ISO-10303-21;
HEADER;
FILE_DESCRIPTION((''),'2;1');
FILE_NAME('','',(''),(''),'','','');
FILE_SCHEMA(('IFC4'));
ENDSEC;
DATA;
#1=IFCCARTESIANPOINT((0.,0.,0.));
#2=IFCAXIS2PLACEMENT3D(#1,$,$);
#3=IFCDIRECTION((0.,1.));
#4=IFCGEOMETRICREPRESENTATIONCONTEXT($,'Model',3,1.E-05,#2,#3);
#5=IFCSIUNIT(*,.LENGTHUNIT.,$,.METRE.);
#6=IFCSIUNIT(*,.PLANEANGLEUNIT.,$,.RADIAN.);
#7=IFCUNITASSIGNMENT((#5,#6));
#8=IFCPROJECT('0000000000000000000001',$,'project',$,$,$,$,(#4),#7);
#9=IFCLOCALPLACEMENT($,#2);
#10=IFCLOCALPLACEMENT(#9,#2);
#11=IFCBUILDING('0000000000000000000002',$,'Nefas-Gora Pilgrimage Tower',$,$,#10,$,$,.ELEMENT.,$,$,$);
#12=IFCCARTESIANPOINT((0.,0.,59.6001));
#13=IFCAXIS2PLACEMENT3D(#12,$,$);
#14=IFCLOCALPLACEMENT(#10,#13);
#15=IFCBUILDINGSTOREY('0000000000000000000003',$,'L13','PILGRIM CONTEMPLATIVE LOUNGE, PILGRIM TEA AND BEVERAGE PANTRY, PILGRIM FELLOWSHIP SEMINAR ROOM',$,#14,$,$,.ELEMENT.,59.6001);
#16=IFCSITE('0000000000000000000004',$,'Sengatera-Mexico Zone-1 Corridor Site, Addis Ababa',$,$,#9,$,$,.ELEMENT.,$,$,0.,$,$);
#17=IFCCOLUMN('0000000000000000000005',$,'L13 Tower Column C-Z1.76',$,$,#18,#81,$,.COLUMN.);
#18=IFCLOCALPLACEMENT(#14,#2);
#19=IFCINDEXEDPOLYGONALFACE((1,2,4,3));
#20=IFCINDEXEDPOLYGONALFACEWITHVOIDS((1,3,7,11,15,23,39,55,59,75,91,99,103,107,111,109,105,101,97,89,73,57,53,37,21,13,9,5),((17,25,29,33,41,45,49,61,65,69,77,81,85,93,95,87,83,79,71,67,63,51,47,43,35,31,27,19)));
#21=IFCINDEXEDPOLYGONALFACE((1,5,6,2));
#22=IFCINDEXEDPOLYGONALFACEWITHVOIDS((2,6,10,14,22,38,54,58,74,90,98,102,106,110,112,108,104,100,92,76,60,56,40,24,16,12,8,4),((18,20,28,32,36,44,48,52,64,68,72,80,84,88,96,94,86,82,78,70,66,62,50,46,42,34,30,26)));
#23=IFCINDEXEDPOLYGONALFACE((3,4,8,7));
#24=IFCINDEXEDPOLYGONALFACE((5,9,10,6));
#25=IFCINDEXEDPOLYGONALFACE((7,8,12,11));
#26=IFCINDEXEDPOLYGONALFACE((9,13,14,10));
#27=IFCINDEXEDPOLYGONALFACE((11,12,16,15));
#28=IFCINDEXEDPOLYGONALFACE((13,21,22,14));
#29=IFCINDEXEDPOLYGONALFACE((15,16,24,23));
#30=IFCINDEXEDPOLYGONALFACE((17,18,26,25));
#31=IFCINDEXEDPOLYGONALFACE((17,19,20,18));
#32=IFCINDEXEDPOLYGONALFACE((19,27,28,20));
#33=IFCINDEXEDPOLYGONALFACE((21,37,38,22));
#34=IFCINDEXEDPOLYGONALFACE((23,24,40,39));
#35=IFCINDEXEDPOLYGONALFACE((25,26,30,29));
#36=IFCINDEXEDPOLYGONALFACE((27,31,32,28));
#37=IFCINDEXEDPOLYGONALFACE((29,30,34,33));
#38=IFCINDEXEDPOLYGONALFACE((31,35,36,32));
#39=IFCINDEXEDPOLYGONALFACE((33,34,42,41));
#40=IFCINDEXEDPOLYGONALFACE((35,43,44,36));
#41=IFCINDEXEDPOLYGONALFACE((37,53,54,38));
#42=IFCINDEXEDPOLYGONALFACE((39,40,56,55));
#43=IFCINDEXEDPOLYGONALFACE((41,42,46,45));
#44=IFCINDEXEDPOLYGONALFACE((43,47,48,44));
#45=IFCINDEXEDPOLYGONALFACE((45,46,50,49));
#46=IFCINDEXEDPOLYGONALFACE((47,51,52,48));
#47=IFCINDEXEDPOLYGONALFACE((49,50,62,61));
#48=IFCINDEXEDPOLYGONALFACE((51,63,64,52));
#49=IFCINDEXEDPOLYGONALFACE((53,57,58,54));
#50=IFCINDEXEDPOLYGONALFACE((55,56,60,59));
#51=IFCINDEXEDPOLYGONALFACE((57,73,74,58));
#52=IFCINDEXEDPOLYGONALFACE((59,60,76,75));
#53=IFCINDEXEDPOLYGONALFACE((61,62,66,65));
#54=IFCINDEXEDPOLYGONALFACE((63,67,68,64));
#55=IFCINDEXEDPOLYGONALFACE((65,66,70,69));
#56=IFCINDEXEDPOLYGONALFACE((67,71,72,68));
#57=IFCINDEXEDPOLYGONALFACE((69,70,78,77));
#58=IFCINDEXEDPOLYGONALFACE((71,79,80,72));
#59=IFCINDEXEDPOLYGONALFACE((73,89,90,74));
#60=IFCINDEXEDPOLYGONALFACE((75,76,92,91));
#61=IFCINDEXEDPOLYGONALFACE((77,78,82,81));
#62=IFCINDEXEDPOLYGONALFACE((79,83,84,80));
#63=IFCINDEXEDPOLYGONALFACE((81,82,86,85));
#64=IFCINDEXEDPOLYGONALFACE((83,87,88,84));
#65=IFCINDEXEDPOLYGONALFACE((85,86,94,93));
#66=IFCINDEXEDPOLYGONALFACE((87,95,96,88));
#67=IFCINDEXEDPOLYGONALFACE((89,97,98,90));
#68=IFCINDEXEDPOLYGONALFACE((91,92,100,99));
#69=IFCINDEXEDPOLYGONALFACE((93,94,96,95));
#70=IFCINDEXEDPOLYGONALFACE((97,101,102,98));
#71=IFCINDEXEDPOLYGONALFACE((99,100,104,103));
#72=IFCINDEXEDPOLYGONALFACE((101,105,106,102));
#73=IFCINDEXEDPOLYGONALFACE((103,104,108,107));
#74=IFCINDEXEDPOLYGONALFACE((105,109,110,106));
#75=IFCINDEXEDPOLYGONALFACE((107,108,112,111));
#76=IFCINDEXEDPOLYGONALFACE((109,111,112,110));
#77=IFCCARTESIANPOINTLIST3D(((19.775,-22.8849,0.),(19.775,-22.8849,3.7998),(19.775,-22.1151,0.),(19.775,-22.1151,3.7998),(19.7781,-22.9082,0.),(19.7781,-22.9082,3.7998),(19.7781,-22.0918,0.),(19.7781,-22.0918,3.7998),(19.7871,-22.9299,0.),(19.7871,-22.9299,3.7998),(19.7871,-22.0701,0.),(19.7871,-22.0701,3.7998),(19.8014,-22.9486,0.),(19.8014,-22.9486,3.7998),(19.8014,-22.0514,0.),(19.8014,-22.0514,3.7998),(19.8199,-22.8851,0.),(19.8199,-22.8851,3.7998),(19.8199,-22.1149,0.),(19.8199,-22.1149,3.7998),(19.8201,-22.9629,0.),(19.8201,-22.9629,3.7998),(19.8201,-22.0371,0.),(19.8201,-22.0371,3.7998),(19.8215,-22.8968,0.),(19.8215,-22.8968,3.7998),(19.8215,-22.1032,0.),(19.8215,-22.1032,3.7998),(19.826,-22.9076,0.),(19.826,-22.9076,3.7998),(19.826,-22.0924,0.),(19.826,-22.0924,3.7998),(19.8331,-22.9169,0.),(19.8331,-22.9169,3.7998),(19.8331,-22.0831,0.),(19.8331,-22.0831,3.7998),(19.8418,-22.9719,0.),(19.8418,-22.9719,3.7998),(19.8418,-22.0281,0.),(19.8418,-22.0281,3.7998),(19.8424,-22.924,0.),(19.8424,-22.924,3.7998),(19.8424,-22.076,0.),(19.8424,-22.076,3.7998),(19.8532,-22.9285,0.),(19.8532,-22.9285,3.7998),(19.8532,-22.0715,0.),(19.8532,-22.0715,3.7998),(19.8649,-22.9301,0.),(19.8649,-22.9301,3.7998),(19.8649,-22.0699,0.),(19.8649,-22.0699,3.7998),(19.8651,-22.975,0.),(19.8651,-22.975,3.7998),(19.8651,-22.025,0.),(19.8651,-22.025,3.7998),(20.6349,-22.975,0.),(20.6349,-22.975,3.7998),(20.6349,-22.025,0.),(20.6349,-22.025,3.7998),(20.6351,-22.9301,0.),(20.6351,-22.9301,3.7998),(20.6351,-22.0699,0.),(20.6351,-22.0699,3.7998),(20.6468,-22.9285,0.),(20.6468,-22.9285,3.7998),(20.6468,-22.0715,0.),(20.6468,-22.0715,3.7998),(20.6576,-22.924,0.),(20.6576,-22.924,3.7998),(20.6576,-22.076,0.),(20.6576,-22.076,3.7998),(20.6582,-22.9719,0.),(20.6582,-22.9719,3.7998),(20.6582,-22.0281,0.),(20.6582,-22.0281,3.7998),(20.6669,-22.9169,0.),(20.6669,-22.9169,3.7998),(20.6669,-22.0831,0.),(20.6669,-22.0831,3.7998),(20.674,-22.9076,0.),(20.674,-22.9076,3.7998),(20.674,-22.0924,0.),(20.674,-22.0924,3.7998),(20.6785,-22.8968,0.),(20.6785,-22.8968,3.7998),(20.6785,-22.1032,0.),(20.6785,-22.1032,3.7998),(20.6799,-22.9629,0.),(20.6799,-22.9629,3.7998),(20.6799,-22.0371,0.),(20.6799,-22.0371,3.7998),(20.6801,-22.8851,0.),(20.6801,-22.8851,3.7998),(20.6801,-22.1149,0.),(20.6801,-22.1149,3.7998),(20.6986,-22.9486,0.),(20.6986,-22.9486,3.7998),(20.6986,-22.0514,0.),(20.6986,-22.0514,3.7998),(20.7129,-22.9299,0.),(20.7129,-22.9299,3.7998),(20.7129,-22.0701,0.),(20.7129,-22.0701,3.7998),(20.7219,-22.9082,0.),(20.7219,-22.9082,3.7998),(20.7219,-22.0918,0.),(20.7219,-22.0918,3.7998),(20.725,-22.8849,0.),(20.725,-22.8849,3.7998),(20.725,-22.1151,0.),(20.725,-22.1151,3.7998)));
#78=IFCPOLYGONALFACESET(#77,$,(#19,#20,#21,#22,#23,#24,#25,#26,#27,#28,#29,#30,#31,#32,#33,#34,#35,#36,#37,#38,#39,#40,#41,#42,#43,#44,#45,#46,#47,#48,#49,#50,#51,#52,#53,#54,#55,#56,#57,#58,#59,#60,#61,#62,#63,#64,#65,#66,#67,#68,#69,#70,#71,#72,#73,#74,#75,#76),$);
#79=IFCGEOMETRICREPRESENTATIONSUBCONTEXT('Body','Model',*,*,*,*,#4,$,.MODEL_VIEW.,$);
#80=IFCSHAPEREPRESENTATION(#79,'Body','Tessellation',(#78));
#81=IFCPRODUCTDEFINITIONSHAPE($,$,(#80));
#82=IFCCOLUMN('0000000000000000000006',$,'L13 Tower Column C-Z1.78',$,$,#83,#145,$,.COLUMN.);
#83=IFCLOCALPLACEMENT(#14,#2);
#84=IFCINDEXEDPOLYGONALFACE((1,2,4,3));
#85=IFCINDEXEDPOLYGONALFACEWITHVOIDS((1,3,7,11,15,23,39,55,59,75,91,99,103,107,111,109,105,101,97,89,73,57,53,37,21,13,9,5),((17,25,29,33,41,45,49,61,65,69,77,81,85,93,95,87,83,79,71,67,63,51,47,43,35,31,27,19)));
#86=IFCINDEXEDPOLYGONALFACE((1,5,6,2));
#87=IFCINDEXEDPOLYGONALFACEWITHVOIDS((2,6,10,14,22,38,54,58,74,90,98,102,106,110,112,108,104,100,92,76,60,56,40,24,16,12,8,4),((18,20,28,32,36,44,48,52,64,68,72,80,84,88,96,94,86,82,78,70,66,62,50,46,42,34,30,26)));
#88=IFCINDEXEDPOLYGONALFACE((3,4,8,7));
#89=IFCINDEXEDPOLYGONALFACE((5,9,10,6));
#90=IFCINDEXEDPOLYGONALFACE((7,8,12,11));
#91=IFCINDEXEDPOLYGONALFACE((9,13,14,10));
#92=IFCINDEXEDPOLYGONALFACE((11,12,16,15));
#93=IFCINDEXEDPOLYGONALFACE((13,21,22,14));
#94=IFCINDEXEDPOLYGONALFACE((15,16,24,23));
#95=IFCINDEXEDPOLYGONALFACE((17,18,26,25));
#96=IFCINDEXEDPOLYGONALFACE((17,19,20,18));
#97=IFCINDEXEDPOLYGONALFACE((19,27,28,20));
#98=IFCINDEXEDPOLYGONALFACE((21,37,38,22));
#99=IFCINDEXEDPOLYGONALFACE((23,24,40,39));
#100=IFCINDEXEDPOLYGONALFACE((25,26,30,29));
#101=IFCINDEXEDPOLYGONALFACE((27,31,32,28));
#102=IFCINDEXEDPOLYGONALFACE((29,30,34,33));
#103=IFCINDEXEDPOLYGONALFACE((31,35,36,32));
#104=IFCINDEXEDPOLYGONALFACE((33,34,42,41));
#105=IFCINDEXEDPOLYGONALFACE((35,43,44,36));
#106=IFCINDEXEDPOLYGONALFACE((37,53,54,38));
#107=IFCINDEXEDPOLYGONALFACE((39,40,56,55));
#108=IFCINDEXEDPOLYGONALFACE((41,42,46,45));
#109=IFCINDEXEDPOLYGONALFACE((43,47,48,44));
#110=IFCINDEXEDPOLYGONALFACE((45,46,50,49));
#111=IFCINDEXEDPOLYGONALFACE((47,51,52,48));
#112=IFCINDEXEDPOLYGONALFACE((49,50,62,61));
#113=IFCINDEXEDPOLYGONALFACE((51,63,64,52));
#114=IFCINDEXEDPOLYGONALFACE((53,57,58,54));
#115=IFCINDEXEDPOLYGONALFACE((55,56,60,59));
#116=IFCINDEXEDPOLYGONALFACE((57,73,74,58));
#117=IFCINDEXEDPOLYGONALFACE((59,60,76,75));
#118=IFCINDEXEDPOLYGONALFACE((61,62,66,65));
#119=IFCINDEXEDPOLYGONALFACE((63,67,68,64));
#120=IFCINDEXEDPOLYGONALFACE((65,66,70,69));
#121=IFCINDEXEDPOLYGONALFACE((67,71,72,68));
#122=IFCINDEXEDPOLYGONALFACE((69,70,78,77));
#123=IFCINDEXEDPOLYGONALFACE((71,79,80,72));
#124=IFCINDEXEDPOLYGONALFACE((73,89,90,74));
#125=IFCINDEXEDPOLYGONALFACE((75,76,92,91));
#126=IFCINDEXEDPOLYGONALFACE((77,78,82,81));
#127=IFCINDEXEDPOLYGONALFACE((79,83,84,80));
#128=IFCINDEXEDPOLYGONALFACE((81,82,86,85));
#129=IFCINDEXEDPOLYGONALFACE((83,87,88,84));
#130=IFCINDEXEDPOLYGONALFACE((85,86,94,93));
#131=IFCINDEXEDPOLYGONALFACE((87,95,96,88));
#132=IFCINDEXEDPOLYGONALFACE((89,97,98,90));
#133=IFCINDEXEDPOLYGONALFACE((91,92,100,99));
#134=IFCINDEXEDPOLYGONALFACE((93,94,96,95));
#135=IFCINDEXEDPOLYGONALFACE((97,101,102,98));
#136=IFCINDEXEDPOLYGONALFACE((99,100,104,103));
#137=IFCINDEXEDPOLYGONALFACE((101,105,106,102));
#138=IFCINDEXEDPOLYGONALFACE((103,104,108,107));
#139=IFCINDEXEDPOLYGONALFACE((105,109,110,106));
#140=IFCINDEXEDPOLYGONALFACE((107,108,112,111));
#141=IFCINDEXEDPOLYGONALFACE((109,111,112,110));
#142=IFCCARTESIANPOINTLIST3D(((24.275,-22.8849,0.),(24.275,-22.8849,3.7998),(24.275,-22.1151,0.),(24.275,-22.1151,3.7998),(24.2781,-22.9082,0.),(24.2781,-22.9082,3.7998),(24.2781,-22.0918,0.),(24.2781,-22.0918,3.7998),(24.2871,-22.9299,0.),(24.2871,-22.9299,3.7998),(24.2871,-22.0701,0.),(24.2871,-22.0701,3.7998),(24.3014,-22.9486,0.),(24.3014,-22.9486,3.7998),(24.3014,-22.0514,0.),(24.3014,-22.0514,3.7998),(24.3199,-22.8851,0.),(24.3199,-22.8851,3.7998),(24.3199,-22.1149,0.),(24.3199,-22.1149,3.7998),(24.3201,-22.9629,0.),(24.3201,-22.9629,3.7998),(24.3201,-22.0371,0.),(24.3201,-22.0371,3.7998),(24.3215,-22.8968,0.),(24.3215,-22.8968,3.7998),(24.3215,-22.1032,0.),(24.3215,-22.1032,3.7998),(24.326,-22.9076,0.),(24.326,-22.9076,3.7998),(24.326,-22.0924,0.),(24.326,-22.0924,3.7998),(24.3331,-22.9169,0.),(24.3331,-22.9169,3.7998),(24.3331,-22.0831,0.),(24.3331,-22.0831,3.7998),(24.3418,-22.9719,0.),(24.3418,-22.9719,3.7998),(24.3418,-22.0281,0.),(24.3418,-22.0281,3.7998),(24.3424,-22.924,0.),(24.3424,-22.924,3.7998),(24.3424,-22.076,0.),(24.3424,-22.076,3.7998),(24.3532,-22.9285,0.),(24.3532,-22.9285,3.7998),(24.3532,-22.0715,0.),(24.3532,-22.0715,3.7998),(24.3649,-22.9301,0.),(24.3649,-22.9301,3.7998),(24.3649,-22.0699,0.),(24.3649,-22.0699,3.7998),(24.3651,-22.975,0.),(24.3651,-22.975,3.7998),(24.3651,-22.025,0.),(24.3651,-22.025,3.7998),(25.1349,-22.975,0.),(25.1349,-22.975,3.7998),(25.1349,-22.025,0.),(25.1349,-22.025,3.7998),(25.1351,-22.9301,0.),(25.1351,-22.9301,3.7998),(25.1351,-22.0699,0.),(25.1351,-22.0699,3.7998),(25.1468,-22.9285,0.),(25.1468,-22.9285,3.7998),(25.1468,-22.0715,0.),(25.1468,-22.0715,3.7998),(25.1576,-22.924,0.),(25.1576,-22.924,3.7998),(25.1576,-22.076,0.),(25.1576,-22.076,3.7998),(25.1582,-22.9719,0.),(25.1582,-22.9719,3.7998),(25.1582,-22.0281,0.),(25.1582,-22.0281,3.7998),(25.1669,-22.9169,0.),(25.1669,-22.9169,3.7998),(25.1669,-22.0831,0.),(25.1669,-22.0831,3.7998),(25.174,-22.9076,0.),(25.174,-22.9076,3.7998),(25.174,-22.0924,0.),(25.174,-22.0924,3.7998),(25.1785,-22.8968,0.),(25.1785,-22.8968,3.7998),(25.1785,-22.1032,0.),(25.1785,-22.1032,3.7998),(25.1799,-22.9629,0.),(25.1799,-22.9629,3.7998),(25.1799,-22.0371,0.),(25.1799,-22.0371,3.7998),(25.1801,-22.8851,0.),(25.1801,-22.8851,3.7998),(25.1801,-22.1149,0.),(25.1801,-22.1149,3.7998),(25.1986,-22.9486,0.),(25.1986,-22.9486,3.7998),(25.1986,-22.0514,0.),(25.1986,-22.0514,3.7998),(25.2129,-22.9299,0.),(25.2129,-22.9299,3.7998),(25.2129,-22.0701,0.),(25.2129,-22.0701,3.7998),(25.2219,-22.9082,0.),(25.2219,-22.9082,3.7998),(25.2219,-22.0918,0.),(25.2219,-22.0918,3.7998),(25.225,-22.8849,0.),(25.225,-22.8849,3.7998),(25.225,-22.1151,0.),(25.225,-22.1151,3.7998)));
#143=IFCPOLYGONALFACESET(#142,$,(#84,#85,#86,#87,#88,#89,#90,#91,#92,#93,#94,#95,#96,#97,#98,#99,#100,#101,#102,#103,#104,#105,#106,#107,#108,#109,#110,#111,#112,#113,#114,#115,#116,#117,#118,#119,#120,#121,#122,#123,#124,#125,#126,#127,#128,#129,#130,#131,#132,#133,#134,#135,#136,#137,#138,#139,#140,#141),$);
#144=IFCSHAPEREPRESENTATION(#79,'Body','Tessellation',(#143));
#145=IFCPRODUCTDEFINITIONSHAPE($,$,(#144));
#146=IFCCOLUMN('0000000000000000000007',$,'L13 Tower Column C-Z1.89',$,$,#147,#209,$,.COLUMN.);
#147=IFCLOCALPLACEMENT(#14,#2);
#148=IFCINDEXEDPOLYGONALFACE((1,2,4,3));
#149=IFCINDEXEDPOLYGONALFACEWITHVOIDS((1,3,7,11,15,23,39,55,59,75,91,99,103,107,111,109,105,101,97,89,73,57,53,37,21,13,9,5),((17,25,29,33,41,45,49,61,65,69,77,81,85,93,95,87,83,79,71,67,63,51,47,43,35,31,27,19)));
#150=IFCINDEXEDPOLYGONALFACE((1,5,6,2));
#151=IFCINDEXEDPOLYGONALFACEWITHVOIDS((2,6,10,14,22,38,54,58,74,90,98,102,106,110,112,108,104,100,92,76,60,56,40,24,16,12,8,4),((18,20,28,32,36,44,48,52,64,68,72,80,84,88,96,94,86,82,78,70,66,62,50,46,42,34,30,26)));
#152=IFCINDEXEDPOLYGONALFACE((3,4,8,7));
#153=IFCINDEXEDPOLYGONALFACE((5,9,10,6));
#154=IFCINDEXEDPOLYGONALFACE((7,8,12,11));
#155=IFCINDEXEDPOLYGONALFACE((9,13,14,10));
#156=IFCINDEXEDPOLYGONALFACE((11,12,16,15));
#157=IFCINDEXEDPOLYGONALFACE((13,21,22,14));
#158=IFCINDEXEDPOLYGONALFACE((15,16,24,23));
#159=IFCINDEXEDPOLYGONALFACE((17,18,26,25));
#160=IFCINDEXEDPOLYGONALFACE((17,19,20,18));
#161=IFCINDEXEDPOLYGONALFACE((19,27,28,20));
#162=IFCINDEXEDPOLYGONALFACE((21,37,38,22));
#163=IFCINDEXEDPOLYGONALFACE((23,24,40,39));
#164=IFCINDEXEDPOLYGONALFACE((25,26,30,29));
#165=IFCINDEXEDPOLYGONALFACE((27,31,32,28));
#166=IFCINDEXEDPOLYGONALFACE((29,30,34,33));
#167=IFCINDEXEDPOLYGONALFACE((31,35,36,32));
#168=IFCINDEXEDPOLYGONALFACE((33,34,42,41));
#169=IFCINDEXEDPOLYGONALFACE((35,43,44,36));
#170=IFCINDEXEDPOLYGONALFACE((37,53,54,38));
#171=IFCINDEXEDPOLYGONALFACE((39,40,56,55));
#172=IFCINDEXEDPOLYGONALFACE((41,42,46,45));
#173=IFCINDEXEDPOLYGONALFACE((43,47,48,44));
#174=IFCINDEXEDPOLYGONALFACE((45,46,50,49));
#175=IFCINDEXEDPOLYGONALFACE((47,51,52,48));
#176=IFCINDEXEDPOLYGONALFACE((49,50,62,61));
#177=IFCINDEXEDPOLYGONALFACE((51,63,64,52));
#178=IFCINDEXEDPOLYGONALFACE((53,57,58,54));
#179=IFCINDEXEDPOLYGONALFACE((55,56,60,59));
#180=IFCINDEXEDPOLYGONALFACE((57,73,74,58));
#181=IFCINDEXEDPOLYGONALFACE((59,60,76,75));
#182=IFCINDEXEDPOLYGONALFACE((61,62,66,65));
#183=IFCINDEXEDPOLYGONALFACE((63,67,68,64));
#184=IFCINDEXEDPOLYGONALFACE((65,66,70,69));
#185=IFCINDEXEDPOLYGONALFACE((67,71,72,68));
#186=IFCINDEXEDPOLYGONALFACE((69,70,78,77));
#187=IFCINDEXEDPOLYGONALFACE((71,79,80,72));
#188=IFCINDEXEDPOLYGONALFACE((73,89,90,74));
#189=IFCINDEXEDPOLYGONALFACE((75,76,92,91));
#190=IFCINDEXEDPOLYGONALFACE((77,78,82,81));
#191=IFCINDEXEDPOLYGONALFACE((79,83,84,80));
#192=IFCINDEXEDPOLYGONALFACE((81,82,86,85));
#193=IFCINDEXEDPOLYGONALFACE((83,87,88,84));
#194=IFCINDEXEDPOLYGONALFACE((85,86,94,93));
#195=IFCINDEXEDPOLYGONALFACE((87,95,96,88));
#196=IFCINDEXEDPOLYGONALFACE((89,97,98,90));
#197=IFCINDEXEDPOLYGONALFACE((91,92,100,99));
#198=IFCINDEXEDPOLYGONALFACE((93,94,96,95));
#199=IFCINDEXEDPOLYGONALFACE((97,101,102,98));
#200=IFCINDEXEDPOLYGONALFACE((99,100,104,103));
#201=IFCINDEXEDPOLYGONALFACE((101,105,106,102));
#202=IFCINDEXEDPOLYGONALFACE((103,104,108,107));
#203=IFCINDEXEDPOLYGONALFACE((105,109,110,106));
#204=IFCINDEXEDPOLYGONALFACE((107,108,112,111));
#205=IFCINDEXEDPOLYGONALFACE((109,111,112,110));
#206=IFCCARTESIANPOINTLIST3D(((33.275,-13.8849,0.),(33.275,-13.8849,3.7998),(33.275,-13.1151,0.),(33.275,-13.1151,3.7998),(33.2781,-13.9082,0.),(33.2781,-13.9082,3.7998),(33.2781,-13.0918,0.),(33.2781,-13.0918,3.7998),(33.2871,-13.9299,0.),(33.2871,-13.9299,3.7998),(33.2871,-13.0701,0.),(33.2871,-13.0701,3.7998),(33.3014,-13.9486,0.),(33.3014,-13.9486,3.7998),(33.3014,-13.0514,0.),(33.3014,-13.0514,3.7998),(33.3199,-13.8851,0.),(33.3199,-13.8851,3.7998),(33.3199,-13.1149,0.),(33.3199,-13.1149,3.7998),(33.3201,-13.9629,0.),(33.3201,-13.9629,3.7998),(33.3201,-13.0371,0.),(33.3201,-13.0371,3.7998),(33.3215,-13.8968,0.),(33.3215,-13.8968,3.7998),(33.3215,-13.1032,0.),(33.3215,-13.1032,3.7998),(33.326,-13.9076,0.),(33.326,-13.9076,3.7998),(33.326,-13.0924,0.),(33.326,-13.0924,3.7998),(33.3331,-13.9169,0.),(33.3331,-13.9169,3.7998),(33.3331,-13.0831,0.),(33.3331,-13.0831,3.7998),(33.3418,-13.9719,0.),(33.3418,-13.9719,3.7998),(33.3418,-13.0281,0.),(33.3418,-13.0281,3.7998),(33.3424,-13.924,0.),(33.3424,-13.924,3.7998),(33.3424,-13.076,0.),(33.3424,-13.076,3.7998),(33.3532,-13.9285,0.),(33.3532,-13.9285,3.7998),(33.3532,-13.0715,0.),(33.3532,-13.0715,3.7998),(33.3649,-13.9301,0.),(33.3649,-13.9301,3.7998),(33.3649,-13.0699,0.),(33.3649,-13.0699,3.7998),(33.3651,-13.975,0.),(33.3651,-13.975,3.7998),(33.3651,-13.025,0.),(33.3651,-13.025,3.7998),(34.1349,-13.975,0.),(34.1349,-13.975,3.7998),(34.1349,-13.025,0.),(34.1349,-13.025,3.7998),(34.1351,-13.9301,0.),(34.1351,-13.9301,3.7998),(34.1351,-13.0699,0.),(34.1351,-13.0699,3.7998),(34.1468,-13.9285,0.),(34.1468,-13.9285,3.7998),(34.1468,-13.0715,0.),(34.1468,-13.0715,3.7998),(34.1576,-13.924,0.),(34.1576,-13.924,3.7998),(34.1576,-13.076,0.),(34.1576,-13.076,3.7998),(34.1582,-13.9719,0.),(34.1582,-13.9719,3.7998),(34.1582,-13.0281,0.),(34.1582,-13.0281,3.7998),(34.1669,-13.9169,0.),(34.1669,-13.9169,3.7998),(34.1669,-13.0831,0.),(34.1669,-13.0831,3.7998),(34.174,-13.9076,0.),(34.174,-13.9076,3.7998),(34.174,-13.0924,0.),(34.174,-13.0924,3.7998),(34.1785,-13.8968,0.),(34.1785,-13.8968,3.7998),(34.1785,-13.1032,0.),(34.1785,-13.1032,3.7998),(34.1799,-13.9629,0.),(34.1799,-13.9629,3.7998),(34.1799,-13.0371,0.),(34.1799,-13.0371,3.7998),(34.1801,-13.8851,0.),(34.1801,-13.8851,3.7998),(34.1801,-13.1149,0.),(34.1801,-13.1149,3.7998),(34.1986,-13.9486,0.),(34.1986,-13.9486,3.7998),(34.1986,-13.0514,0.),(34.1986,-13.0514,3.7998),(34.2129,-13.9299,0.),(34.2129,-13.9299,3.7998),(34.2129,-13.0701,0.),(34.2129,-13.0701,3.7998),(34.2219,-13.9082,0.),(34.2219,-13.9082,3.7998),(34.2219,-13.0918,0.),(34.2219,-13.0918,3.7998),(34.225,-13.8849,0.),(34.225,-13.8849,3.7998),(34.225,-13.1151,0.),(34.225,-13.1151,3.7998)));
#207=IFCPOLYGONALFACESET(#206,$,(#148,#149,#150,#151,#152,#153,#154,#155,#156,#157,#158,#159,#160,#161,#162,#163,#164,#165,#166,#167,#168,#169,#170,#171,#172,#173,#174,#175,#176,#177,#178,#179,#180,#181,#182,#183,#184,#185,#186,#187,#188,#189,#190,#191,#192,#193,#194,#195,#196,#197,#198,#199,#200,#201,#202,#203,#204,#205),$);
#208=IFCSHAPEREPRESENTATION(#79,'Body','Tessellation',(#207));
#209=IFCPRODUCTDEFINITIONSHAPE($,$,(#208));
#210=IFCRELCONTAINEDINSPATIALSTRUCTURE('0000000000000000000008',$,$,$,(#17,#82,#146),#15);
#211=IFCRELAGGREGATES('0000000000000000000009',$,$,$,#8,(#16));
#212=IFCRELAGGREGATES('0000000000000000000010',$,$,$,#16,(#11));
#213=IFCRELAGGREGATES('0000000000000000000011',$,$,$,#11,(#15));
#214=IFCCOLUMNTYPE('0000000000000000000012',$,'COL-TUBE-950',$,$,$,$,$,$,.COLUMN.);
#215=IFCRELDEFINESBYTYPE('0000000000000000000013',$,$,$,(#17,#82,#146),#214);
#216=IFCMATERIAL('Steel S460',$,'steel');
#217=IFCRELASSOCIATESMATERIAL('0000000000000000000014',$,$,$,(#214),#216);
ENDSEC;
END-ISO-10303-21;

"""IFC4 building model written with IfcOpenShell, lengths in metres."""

from ifc_helpers import new_model, si_unit, direction, frame, origin, origin_2d, place, context, subcontext, project, spatial, hollow_rectangle, extrude, source, transform, mapped, material, material_profile, profile_set, type_object, element, save


model = new_model("IFC4")

# Units and contexts
model_context = context("Model", 3, precision=1e-05, world=origin(), true_north=direction((0.0, 1.0)))
body_context = subcontext(model_context, "Body", "Model", "MODEL_VIEW")
ifc_project = project(units=[si_unit("LENGTHUNIT", "METRE"), si_unit("PLANEANGLEUNIT", "RADIAN")], contexts=[model_context])

# Site, building, storey
site_placement = place(None, origin())
site = spatial("IfcSite", under=ifc_project, at=site_placement, Name="Sengatera-Mexico Zone-1 Corridor Site, Addis Ababa", CompositionType="ELEMENT", RefElevation=0.0)
building_placement = place(site_placement, origin())
building = spatial("IfcBuilding", under=site, at=building_placement, Name="Nefas-Gora Pilgrimage Tower", CompositionType="ELEMENT")
storey_placement = place(building_placement, frame((0.0, 0.0, 59.6001)))
storey = spatial("IfcBuildingStorey", under=building, at=storey_placement, Name="L13", Description="PILGRIM CONTEMPLATIVE LOUNGE, PILGRIM TEA AND BEVERAGE PANTRY, PILGRIM FELLOWSHIP SEMINAR ROOM", CompositionType="ELEMENT", Elevation=59.6001)

# Columns
ifc_material_1 = material(Name="Steel S460", Category="steel")
ifc_material_profile_1 = material_profile(ifc_material_1, hollow_rectangle(XDim=0.95, YDim=0.95, WallThickness=0.0449, InnerFilletRadius=0.0449, OuterFilletRadius=0.0901, at=origin_2d()), Name="BOX 950x950x45")
ifc_profile_set_1 = profile_set([ifc_material_profile_1], Name="Steel S460")
column_type_1 = type_object("IfcColumnType", Name="COL-TUBE-950", PredefinedType="COLUMN", material=ifc_profile_set_1)
shared_shape_1 = source(origin(), body_context, "Body", "SweptSolid", [
    extrude(hollow_rectangle(XDim=0.95, YDim=0.95, WallThickness=0.0449, InnerFilletRadius=0.0449, OuterFilletRadius=0.0901, at=origin_2d()), origin(), (0.0, 0.0, 1.0), 3.7998),
])
for number, where, z_axis, x_axis, name in (
    (1, (20.25, -22.5, 0.0), (0.0, 0.0, 1.0), (1.0, 0.0, 0.0), "L13 Tower Column C-Z1.76"),
    (2, (24.75, -22.5, 0.0), (0.0, 0.0, 1.0), (1.0, 0.0, 0.0), "L13 Tower Column C-Z1.78"),
    (3, (33.75, -13.5, 0.0), (0.0, 0.0, 1.0), (1.0, 0.0, 0.0), "L13 Tower Column C-Z1.89"),
):
    element("IfcColumn", number, at=place(storey_placement, frame(where, z_axis=z_axis, x_axis=x_axis)), inside=storey, type_object=column_type_1, Name=name, PredefinedType="COLUMN", context=body_context, shape_type="MappedRepresentation", body=[
        mapped(shared_shape_1, transform((0.0, 0.0, 0.0), x_axis=(1.0, 0.0, 0.0), y_axis=(0.0, 1.0, 0.0), z_axis=(0.0, 0.0, 1.0), scale=1.0)),
    ])

save(model, "model.ifc")
